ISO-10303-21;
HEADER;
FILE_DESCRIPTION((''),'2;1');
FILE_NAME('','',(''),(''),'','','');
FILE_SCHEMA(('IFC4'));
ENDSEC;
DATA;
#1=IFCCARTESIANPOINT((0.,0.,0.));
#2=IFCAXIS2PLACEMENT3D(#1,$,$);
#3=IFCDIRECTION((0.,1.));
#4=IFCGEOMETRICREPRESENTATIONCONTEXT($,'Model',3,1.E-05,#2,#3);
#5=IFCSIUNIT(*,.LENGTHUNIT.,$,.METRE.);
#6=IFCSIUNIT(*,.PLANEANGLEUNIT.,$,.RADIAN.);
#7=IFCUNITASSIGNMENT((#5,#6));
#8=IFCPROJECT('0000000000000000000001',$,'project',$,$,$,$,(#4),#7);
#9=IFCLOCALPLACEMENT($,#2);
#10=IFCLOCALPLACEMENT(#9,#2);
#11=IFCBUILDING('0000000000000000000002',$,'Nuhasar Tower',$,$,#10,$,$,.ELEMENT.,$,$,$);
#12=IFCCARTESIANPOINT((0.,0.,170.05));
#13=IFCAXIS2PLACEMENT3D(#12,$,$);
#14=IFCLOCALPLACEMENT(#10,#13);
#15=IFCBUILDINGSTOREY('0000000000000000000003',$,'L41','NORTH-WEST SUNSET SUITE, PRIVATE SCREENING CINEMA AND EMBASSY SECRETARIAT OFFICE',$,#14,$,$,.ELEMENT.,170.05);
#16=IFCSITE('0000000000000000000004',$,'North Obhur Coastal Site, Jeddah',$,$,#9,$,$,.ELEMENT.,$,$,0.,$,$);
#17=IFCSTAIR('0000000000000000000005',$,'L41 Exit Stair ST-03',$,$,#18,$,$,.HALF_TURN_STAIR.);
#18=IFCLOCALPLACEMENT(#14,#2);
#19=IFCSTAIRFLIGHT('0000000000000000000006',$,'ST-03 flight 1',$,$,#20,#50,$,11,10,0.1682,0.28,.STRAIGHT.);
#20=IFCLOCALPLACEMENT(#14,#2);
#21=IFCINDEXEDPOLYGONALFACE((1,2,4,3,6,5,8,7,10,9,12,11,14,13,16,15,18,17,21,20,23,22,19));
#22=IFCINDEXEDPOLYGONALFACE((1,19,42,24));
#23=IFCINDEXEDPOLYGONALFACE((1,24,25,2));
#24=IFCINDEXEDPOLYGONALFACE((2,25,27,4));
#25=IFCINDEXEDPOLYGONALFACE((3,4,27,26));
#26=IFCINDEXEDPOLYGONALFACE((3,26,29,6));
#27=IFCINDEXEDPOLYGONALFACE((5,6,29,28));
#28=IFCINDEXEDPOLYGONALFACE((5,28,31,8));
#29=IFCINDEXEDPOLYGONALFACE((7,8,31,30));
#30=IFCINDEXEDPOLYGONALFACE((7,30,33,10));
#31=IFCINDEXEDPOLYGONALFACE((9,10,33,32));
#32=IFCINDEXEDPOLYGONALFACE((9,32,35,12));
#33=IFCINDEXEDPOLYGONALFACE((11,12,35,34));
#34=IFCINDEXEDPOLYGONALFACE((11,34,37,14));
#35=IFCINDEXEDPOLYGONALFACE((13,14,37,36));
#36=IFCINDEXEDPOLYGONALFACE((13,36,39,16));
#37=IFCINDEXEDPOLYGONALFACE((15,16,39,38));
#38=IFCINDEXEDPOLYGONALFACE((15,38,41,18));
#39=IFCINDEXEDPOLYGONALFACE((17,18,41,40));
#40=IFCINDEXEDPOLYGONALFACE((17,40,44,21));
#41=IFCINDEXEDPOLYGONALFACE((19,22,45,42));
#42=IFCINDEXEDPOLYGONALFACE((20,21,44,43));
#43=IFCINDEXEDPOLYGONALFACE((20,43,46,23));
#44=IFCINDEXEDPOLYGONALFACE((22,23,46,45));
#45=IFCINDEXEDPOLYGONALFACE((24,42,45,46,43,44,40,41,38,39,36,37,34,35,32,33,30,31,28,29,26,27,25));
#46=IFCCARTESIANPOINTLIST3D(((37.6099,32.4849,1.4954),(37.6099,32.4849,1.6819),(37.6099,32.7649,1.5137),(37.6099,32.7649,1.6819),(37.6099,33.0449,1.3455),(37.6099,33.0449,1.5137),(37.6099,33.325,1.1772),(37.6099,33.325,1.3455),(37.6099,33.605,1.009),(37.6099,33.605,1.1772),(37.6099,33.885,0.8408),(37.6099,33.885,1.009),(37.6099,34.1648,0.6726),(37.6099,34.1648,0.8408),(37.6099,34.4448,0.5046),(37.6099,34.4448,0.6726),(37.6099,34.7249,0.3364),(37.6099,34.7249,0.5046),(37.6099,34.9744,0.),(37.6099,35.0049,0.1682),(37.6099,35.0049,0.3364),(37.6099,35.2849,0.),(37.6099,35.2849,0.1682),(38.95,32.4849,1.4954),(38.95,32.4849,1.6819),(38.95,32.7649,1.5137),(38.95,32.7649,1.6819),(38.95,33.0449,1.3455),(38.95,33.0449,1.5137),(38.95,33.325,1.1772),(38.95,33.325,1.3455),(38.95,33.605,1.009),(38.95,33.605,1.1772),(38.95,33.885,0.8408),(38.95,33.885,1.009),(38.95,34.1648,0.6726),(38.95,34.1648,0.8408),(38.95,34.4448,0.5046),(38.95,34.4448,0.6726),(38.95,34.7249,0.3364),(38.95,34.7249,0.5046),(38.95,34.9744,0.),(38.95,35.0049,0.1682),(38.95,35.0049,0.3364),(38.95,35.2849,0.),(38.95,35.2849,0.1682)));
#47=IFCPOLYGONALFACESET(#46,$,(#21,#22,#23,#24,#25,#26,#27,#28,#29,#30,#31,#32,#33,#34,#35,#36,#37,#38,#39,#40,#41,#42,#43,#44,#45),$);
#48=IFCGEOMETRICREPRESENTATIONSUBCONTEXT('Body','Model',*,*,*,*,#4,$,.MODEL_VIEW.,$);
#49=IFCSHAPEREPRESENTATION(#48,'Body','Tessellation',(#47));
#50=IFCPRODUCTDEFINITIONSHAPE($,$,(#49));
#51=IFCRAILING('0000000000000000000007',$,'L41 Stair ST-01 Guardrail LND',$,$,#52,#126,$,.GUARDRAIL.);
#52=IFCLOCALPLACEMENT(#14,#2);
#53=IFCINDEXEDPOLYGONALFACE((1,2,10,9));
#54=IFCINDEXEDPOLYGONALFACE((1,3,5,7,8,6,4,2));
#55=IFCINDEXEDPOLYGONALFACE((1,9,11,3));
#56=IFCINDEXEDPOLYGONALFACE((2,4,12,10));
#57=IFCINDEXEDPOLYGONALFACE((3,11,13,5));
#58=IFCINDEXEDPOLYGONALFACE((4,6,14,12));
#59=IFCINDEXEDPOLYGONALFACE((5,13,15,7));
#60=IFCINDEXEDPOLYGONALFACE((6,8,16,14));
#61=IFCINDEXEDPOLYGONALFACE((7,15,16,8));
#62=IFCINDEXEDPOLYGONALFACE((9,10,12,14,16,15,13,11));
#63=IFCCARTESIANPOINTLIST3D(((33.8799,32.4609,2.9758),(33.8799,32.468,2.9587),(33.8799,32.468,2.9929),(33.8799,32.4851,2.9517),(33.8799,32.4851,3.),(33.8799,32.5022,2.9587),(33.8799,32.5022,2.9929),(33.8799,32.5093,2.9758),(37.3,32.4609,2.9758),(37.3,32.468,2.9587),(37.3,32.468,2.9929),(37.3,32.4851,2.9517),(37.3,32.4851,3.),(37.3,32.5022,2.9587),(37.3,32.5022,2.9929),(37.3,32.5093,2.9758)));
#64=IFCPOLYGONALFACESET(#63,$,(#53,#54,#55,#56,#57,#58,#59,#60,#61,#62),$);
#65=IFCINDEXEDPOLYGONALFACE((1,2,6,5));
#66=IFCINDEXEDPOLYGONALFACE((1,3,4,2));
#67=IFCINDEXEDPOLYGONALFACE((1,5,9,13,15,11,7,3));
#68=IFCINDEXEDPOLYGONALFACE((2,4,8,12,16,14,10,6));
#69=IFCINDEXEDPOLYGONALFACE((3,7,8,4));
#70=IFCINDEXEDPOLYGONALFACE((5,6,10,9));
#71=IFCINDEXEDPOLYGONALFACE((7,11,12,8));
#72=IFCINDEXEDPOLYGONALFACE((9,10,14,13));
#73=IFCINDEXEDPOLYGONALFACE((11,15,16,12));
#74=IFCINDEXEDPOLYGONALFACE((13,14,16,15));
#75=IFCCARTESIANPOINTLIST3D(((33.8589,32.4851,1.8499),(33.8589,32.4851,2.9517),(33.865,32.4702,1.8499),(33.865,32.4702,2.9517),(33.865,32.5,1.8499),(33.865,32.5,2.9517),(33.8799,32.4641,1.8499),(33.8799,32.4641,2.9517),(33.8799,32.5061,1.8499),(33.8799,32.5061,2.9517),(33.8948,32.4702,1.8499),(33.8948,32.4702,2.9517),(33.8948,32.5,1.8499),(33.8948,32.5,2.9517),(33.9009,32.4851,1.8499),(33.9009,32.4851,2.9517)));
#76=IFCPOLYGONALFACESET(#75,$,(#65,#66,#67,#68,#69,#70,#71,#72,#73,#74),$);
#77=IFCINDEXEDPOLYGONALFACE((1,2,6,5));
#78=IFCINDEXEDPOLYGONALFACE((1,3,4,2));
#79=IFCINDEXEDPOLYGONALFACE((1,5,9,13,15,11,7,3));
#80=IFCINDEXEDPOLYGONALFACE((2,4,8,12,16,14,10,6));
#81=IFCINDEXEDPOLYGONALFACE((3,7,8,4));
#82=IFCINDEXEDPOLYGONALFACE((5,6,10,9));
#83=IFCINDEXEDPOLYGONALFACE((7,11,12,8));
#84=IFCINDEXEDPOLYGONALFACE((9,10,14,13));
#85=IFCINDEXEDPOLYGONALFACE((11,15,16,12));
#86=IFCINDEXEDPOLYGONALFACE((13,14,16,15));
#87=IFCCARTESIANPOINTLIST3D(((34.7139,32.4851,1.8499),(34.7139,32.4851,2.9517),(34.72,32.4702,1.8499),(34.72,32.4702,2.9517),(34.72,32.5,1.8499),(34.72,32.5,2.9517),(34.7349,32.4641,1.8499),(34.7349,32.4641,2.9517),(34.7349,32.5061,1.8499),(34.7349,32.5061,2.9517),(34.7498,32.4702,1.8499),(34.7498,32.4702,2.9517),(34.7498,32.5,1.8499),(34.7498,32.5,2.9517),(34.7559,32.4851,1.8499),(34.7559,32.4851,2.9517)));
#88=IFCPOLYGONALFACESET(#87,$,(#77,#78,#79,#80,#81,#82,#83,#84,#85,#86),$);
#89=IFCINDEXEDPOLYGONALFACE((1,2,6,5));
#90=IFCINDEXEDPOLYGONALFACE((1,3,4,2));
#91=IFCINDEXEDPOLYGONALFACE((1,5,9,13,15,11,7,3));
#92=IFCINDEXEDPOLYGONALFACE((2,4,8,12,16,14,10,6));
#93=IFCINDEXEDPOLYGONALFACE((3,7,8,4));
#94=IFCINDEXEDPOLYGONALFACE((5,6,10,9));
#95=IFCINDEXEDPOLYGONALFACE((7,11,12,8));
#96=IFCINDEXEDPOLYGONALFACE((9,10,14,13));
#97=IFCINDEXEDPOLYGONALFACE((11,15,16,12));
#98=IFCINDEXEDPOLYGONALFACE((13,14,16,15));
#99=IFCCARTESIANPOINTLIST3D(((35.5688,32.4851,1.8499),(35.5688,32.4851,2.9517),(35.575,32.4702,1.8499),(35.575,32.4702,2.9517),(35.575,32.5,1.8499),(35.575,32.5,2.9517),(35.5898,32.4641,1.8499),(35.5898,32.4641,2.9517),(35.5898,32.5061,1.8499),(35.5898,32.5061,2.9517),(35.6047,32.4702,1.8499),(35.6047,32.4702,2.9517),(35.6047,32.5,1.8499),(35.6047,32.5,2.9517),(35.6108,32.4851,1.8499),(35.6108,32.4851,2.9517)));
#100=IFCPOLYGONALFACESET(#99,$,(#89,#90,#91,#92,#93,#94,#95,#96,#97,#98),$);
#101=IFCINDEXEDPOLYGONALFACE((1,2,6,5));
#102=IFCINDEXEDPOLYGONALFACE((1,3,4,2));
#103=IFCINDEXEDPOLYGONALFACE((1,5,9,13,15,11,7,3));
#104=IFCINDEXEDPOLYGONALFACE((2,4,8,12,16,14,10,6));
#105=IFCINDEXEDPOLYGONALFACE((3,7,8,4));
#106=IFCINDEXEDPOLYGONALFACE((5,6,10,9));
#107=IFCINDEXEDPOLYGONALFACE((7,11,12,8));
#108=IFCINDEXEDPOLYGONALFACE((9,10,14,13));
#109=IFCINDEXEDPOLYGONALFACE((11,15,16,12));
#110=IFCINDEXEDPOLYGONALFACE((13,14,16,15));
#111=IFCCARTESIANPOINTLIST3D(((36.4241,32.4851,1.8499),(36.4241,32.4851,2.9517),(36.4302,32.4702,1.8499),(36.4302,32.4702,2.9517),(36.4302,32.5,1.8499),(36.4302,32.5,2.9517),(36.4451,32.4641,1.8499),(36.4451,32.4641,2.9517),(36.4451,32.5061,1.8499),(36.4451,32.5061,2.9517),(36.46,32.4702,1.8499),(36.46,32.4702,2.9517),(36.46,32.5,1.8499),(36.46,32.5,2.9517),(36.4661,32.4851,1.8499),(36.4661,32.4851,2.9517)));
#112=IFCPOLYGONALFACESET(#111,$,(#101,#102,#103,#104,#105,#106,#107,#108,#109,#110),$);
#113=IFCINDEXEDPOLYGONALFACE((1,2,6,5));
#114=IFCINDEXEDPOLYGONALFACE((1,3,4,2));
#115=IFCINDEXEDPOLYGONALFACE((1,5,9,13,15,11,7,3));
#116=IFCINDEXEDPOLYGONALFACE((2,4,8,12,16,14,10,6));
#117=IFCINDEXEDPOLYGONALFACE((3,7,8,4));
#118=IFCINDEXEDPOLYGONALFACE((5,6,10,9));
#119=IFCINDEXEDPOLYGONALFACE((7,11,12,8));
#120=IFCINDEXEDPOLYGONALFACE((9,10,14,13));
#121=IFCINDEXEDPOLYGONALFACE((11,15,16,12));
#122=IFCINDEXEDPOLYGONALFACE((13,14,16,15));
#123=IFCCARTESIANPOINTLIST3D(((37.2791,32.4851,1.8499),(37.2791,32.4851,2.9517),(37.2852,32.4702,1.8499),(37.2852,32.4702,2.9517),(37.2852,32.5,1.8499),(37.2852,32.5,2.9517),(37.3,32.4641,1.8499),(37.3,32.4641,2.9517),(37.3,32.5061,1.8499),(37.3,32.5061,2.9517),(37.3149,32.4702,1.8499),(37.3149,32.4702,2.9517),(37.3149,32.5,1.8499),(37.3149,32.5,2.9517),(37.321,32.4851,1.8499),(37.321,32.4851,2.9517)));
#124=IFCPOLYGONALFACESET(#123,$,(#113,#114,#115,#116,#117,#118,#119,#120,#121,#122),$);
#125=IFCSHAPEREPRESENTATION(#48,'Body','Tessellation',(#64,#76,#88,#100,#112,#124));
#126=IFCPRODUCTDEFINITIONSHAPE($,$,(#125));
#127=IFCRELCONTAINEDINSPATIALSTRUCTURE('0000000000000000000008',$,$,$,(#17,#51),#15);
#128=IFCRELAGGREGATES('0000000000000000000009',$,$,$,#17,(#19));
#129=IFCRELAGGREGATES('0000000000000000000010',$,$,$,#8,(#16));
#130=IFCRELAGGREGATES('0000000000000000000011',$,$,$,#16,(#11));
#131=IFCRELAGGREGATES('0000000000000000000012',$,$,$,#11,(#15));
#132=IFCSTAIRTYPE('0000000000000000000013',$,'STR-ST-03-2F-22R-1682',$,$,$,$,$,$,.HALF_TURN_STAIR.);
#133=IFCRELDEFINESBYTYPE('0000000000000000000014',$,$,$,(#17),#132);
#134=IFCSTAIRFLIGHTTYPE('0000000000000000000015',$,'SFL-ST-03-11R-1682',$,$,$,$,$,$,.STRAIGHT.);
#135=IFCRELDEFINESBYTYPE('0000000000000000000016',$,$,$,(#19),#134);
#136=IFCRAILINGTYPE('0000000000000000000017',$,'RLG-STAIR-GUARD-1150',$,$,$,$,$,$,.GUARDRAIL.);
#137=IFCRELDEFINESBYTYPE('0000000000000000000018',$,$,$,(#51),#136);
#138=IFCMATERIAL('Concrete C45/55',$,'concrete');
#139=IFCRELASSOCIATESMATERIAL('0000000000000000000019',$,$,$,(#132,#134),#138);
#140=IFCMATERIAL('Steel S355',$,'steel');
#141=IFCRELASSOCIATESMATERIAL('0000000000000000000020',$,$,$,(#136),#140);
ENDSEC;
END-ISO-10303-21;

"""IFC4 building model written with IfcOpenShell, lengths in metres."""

from ifc_helpers import new_model, si_unit, direction, frame, origin, place, context, subcontext, project, spatial, polyline, outline, extrude, material, type_object, element, aggregate, save


model = new_model("IFC4")

# Units and contexts
model_context = context("Model", 3, precision=1e-05, world=origin(), true_north=direction((0.0, 1.0)))
body_context = subcontext(model_context, "Body", "Model", "MODEL_VIEW")
ifc_project = project(units=[si_unit("LENGTHUNIT", "METRE"), si_unit("PLANEANGLEUNIT", "RADIAN")], contexts=[model_context])

# Site, building, storey
site_placement = place(None, origin())
site = spatial("IfcSite", under=ifc_project, at=site_placement, Name="North Obhur Coastal Site, Jeddah", CompositionType="ELEMENT", RefElevation=0.0)
building_placement = place(site_placement, origin())
building = spatial("IfcBuilding", under=site, at=building_placement, Name="Nuhasar Tower", CompositionType="ELEMENT")
storey_placement = place(building_placement, frame((0.0, 0.0, 170.05)))
storey = spatial("IfcBuildingStorey", under=building, at=storey_placement, Name="L41", Description="NORTH-WEST SUNSET SUITE, PRIVATE SCREENING CINEMA AND EMBASSY SECRETARIAT OFFICE", CompositionType="ELEMENT", Elevation=170.05)

# Shared definitions
ifc_material_1 = material(Name="Steel S355", Category="steel")

# Shared definitions
ifc_material_2 = material(Name="Concrete C45/55", Category="concrete")

# Stair, stair flight
stair_type_1 = type_object("IfcStairType", Name="STR-ST-03-2F-22R-1682", PredefinedType="HALF_TURN_STAIR", material=ifc_material_2)
stair_1_placement = place(storey_placement, origin())
stair_1 = element("IfcStair", 1, at=stair_1_placement, inside=storey, type_object=stair_type_1, Name="L41 Exit Stair ST-03", PredefinedType="HALF_TURN_STAIR")
stair_flight_type_1 = type_object("IfcStairFlightType", Name="SFL-ST-03-11R-1682", PredefinedType="STRAIGHT", material=ifc_material_2)
stair_flight_1_placement = place(storey_placement, frame((38.28, 35.2849, 0.0), z_axis=(0.0, 0.0, 1.0), x_axis=(0.0, -1.0, 0.0)))
stair_flight_1 = element("IfcStairFlight", 2, at=stair_flight_1_placement, type_object=stair_flight_type_1, Name="ST-03 flight 1", NumberOfRisers=11, NumberOfTreads=10, PredefinedType="STRAIGHT", RiserHeight=0.1682, TreadLength=0.28, context=body_context, shape_type="SweptSolid", body=[
    extrude(outline(polyline([(0.0, 0.0), (0.0, 0.1682), (0.28, 0.1682), (0.28, 0.3364), (0.5601, 0.3364), (0.5601, 0.5046), (0.8401, 0.5046), (0.8401, 0.6726), (1.1201, 0.6726), (1.1201, 0.8408), (1.3999, 0.8408), (1.3999, 1.009), (1.6799, 1.009), (1.6799, 1.1772), (1.96, 1.1772), (1.96, 1.3455), (2.24, 1.3455), (2.24, 1.5137), (2.52, 1.5137), (2.52, 1.6819), (2.8, 1.6819), (2.8, 1.8501), (2.8, 1.4954), (0.3105, 0.0), (0.0, 0.0)])), frame((0.0, 0.6699, 0.0), z_axis=(0.0, -1.0, 0.0), x_axis=(1.0, 0.0, 0.0)), (0.0, 0.0, 1.0), 1.3401),
])
aggregate(stair_1, [stair_flight_1])

# Railing
railing_type_1 = type_object("IfcRailingType", Name="RLG-STAIR-GUARD-1150", PredefinedType="GUARDRAIL", material=ifc_material_1)
railing_1_placement = place(storey_placement, frame((33.8799, 32.4851, 1.8499)))
element("IfcRailing", 3, at=railing_1_placement, inside=storey, type_object=railing_type_1, Name="L41 Stair ST-01 Guardrail LND", PredefinedType="GUARDRAIL", context=body_context, shape_type="SweptSolid", body=[
    extrude(outline(polyline([(0.0242, 0.0), (0.0171, 0.0171), (0.0, 0.0242), (-0.0171, 0.0171), (-0.0242, 0.0), (-0.0171, -0.0171), (0.0, -0.0242), (0.0171, -0.0171), (0.0242, 0.0)])), frame((0.0, 0.0, 1.126), z_axis=(1.0, 0.0, 0.0), x_axis=(0.0, 1.0, 0.0)), (0.0, 0.0, 1.0), 3.4202),
    extrude(outline(polyline([(0.021, 0.0), (0.0149, 0.0149), (0.0, 0.021), (-0.0149, 0.0149), (-0.021, 0.0), (-0.0149, -0.0149), (0.0, -0.021), (0.0149, -0.0149), (0.021, 0.0)])), origin(), (0.0, 0.0, 1.0), 1.1018),
    extrude(outline(polyline([(0.021, 0.0), (0.0149, 0.0149), (0.0, 0.021), (-0.0149, 0.0149), (-0.021, 0.0), (-0.0149, -0.0149), (0.0, -0.021), (0.0149, -0.0149), (0.021, 0.0)])), frame((0.855, 0.0, 0.0)), (0.0, 0.0, 1.0), 1.1018),
    extrude(outline(polyline([(0.021, 0.0), (0.0149, 0.0149), (0.0, 0.021), (-0.0149, 0.0149), (-0.021, 0.0), (-0.0149, -0.0149), (0.0, -0.021), (0.0149, -0.0149), (0.021, 0.0)])), frame((1.71, 0.0, 0.0)), (0.0, 0.0, 1.0), 1.1018),
    extrude(outline(polyline([(0.021, 0.0), (0.0149, 0.0149), (0.0, 0.021), (-0.0149, 0.0149), (-0.021, 0.0), (-0.0149, -0.0149), (0.0, -0.021), (0.0149, -0.0149), (0.021, 0.0)])), frame((2.5652, 0.0, 0.0)), (0.0, 0.0, 1.0), 1.1018),
    extrude(outline(polyline([(0.021, 0.0), (0.0149, 0.0149), (0.0, 0.021), (-0.0149, 0.0149), (-0.021, 0.0), (-0.0149, -0.0149), (0.0, -0.021), (0.0149, -0.0149), (0.021, 0.0)])), frame((3.4202, 0.0, 0.0)), (0.0, 0.0, 1.0), 1.1018),
])

save(model, "model.ifc")
